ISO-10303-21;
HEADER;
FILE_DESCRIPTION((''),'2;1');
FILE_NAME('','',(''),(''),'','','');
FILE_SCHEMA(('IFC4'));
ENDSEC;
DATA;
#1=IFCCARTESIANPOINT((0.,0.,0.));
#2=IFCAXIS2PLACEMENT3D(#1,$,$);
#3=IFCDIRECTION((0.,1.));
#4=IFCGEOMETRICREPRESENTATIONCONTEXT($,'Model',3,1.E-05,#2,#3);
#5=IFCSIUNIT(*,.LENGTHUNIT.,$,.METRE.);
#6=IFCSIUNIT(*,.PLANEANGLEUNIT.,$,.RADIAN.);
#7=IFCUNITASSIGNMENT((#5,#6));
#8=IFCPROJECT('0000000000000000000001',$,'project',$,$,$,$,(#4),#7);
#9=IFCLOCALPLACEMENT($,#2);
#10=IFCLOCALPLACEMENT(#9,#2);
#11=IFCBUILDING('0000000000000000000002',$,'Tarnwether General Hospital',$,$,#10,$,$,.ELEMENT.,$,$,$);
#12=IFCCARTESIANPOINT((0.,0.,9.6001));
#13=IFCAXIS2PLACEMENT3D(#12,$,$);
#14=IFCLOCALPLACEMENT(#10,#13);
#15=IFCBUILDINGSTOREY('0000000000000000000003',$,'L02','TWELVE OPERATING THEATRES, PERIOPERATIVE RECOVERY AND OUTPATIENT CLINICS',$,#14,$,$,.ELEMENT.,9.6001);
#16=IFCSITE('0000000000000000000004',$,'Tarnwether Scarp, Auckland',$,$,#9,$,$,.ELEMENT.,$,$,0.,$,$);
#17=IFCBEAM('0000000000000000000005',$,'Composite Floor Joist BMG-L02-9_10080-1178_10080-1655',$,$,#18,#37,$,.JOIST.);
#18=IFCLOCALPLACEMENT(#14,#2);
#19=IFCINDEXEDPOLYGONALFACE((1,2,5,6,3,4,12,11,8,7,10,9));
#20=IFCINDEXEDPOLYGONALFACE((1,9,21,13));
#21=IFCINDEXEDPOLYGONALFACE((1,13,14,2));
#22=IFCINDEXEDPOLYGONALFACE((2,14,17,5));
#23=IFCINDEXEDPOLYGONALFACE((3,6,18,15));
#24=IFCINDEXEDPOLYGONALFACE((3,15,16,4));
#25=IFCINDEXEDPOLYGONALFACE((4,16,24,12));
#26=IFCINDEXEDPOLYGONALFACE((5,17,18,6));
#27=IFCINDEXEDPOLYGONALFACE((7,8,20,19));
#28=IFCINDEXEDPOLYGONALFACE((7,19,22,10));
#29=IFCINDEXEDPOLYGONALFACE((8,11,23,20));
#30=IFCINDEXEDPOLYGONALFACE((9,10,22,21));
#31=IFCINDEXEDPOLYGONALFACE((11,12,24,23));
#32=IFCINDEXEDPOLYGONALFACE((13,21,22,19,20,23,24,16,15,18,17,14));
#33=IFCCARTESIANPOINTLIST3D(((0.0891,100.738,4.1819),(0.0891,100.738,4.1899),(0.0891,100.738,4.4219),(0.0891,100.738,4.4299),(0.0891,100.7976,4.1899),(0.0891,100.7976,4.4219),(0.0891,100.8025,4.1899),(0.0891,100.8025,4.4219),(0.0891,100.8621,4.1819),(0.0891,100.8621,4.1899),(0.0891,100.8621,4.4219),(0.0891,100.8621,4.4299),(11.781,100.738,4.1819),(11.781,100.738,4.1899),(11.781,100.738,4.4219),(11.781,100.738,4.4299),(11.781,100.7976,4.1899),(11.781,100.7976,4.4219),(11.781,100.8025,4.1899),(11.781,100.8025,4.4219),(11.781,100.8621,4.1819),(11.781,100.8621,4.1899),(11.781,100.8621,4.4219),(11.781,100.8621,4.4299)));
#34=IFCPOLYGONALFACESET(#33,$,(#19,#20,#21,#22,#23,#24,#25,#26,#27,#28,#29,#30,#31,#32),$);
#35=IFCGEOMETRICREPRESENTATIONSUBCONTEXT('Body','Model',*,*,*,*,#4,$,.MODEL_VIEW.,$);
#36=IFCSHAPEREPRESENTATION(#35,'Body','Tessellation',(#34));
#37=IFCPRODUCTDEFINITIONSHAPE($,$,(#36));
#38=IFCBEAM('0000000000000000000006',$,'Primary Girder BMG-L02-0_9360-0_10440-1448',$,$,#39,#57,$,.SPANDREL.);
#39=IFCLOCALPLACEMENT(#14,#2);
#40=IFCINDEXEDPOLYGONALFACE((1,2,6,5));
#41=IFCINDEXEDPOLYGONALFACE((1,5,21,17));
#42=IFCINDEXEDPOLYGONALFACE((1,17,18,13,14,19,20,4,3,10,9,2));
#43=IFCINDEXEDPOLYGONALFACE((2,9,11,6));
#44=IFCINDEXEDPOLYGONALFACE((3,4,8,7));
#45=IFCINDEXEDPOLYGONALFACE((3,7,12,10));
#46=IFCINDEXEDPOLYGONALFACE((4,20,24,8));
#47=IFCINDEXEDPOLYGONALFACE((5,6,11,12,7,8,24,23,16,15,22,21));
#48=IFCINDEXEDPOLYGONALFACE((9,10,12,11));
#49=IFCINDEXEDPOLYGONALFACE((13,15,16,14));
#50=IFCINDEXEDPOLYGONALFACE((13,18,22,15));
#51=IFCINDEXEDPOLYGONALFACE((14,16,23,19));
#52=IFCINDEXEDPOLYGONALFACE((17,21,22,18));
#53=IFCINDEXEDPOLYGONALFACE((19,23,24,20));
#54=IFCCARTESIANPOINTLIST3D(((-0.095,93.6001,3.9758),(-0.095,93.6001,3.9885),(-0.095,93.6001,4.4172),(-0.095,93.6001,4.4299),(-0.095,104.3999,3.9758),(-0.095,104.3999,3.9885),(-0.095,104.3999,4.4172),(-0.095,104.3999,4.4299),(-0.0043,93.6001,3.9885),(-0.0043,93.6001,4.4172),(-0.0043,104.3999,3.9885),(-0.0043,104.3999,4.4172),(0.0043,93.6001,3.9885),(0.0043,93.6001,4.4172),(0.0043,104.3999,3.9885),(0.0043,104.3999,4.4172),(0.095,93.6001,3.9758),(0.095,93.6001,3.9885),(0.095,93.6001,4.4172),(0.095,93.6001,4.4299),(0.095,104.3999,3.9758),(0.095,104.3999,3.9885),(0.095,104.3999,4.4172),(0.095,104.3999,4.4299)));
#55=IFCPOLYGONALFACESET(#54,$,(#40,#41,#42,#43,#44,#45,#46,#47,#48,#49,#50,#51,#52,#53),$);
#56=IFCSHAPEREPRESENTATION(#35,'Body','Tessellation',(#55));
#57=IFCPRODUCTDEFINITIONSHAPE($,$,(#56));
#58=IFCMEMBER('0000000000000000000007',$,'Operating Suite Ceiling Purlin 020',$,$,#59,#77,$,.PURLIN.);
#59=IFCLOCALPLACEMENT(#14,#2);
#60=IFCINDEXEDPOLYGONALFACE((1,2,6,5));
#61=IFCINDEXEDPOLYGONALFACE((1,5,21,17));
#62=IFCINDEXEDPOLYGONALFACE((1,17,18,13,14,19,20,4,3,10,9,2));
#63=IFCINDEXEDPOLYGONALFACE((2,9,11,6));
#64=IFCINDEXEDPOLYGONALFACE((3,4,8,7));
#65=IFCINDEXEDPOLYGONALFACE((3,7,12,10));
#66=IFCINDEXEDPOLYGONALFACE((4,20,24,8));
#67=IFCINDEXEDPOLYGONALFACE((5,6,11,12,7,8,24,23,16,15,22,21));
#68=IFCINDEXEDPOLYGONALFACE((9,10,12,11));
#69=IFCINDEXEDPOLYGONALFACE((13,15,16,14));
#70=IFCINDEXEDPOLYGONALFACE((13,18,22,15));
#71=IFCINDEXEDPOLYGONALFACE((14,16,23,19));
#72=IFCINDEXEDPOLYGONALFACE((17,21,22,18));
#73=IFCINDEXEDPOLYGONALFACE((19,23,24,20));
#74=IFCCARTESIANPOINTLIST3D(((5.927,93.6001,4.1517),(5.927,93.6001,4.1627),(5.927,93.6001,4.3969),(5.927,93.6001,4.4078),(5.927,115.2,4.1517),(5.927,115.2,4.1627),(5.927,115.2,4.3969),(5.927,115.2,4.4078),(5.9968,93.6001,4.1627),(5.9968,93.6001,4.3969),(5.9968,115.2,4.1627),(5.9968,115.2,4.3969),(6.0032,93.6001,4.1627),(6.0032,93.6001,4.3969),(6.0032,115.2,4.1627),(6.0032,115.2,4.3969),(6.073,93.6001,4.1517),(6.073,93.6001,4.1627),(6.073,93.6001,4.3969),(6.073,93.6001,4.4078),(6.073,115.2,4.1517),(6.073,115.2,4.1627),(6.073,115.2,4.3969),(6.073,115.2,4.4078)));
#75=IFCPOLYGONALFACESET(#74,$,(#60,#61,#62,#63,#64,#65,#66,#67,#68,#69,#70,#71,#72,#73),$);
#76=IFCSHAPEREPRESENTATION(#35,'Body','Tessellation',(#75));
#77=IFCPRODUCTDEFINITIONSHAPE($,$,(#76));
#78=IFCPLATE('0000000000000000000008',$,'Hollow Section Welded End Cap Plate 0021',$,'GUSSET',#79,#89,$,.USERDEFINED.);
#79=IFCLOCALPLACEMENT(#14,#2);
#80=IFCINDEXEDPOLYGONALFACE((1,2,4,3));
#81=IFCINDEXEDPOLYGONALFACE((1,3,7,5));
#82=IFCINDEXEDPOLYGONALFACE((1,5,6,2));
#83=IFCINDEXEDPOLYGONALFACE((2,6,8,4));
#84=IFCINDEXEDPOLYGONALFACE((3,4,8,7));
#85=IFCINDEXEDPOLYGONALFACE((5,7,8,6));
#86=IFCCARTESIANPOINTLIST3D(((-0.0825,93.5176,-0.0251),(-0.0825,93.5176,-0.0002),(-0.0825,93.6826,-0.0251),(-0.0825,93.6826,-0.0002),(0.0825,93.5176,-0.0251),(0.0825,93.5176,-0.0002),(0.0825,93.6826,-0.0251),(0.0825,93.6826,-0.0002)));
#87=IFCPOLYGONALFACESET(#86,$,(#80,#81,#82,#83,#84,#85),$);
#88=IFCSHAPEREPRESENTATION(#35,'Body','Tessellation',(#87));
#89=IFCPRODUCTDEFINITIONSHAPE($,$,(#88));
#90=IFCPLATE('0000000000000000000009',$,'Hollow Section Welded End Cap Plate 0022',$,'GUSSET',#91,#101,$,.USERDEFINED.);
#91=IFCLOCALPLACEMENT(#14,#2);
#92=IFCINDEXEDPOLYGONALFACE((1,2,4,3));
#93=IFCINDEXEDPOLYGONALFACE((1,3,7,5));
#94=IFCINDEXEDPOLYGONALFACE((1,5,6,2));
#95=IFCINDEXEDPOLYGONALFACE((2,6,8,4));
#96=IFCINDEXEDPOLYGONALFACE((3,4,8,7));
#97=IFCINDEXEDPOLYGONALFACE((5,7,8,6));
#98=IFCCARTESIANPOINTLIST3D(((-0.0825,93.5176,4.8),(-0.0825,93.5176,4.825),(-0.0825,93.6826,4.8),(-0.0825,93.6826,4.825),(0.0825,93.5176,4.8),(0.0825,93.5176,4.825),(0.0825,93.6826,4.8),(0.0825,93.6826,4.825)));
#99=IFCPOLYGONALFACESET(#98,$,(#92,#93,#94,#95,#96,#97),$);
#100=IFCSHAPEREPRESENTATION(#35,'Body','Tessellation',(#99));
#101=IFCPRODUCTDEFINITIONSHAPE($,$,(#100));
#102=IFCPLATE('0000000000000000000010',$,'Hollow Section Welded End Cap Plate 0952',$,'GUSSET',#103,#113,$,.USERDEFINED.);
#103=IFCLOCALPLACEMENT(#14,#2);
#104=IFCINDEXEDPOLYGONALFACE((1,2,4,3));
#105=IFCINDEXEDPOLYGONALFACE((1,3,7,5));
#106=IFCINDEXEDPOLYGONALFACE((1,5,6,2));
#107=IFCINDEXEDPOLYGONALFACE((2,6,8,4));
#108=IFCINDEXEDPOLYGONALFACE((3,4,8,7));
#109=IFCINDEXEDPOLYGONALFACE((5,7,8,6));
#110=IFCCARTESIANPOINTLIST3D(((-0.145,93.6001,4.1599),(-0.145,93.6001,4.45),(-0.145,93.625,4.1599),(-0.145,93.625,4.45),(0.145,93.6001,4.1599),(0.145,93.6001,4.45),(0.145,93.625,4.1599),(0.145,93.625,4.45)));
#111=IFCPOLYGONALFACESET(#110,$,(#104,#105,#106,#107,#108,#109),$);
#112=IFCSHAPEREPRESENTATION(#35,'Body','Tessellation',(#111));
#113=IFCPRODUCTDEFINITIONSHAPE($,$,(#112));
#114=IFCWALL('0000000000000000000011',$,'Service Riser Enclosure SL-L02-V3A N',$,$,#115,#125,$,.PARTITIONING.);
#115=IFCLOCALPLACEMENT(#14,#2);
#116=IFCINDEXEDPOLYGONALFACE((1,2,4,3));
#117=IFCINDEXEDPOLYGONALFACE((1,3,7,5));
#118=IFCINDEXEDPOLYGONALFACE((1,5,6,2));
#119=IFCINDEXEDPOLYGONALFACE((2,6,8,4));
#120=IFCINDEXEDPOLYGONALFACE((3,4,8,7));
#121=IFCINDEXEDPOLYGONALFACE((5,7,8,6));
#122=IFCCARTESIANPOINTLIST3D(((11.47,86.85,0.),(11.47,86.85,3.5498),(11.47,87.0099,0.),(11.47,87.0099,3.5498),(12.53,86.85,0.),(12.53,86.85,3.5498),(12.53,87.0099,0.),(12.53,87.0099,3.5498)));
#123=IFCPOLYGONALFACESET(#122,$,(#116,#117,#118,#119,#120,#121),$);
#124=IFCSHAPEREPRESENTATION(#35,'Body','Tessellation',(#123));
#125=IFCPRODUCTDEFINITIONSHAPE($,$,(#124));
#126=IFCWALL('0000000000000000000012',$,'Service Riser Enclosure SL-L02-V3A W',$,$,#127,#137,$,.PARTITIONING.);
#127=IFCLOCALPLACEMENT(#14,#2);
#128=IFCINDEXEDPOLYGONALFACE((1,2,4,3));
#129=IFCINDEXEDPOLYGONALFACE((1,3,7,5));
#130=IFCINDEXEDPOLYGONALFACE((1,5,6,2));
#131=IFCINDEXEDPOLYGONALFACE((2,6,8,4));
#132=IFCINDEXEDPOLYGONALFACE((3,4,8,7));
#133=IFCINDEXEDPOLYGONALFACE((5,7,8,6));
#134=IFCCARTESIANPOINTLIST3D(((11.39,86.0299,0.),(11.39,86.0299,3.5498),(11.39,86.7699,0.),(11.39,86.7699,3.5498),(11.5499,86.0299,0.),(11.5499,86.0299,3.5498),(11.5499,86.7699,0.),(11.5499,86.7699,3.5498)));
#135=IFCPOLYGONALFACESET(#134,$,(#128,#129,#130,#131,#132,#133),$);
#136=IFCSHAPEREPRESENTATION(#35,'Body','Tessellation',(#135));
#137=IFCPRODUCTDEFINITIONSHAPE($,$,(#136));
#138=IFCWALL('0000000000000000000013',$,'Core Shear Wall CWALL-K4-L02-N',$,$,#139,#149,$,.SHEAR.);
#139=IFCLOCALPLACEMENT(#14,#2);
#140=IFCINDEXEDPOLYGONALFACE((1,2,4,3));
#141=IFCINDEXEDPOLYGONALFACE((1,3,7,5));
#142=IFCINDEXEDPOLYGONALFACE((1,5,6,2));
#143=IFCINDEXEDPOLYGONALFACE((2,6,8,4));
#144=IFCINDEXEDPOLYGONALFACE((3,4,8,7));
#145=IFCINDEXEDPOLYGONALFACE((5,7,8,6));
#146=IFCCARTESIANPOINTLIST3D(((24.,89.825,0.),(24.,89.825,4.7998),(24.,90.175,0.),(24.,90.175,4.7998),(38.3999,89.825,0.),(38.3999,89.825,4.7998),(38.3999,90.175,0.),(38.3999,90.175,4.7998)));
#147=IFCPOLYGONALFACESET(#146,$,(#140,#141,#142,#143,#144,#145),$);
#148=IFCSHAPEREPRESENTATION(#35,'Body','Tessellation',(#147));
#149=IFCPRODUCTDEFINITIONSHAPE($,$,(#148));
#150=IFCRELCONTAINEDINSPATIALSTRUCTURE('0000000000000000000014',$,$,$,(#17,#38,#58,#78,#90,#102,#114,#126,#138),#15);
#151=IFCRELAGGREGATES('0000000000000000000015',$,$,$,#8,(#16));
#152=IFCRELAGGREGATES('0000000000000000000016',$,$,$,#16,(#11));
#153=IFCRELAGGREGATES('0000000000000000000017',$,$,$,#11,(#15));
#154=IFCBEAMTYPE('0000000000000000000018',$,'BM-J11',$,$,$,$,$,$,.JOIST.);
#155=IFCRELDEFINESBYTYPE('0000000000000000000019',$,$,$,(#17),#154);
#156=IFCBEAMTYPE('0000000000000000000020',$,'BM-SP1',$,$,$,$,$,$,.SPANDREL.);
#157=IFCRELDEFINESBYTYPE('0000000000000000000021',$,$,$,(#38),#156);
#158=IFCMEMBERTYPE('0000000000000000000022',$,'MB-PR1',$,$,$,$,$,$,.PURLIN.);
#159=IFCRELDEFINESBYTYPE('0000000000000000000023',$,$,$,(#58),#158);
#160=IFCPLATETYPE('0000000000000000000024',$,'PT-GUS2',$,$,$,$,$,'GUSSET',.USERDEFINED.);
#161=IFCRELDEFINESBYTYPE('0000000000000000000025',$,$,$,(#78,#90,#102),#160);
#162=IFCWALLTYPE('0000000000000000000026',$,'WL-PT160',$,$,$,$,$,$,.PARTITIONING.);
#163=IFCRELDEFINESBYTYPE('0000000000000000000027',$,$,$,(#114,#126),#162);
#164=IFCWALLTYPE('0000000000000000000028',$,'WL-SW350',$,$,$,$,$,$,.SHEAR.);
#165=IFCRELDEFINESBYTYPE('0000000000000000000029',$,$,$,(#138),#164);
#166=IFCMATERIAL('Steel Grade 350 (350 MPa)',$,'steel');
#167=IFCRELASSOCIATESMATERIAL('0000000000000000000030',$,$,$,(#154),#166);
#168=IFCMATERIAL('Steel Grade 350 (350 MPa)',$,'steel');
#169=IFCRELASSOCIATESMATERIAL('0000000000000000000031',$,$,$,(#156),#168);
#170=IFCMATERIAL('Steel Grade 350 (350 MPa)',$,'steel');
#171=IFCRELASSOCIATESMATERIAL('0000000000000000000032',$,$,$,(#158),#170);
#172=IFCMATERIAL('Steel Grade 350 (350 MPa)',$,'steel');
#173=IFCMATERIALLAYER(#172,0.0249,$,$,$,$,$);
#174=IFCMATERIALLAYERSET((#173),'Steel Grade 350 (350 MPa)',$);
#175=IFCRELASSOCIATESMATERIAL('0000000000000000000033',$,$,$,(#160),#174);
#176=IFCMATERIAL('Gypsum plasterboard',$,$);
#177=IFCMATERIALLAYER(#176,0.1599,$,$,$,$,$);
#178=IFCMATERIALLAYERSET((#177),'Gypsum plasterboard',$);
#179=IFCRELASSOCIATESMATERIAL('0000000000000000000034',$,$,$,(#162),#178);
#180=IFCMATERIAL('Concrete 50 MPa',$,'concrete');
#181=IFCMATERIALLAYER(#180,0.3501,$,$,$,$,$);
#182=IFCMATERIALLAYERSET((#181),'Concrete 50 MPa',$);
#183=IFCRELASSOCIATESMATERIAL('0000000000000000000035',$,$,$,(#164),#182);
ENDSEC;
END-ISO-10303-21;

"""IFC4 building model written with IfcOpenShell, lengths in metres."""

from ifc_helpers import new_model, si_unit, direction, frame, frame_2d, origin, origin_2d, place, context, subcontext, project, spatial, rectangle, i_section, extrude, material, layer, layer_set, material_profile, profile_set, type_object, element, save


model = new_model("IFC4")

# Units and contexts
model_context = context("Model", 3, precision=1e-05, world=origin(), true_north=direction((0.0, 1.0)))
body_context = subcontext(model_context, "Body", "Model", "MODEL_VIEW")
ifc_project = project(units=[si_unit("LENGTHUNIT", "METRE"), si_unit("PLANEANGLEUNIT", "RADIAN")], contexts=[model_context])

# Site, building, storey
site_placement = place(None, origin())
site = spatial("IfcSite", under=ifc_project, at=site_placement, Name="Tarnwether Scarp, Auckland", CompositionType="ELEMENT", RefElevation=0.0)
building_placement = place(site_placement, origin())
building = spatial("IfcBuilding", under=site, at=building_placement, Name="Tarnwether General Hospital", CompositionType="ELEMENT")
storey_placement = place(building_placement, frame((0.0, 0.0, 9.6001)))
storey = spatial("IfcBuildingStorey", under=building, at=storey_placement, Name="L02", Description="TWELVE OPERATING THEATRES, PERIOPERATIVE RECOVERY AND OUTPATIENT CLINICS", CompositionType="ELEMENT", Elevation=9.6001)

# Beams
ifc_material_1 = material(Name="Steel Grade 350 (350 MPa)", Category="steel")
ifc_material_profile_1 = material_profile(ifc_material_1, i_section(OverallWidth=0.124, OverallDepth=0.248, WebThickness=0.0049, FlangeThickness=0.0081, at=origin_2d()), Name="250UB25.7")
ifc_profile_set_1 = profile_set([ifc_material_profile_1], Name="Steel Grade 350 (350 MPa)")
beam_type_1 = type_object("IfcBeamType", Name="BM-J11", PredefinedType="JOIST", material=ifc_profile_set_1)
beam_1_placement = place(storey_placement, frame((0.0891, 100.8, 4.3059), z_axis=(1.0, 0.0, 0.0), x_axis=(0.0, 1.0, 0.0)))
element("IfcBeam", 1, at=beam_1_placement, inside=storey, type_object=beam_type_1, Name="Composite Floor Joist BMG-L02-9_10080-1178_10080-1655", PredefinedType="JOIST", context=body_context, shape_type="SweptSolid", body=[
    extrude(i_section(OverallWidth=0.124, OverallDepth=0.248, WebThickness=0.0049, FlangeThickness=0.0081, at=origin_2d()), origin(), (0.0, 0.0, 1.0), 11.6919),
])
ifc_material_2 = material(Name="Steel Grade 350 (350 MPa)", Category="steel")
ifc_material_profile_2 = material_profile(ifc_material_2, i_section(OverallWidth=0.1899, OverallDepth=0.4541, WebThickness=0.0085, FlangeThickness=0.0127, at=origin_2d()), Name="460UB67.1")
ifc_profile_set_2 = profile_set([ifc_material_profile_2], Name="Steel Grade 350 (350 MPa)")
beam_type_2 = type_object("IfcBeamType", Name="BM-SP1", PredefinedType="SPANDREL", material=ifc_profile_set_2)
beam_2_placement = place(storey_placement, frame((0.0, 93.6001, 4.2029), z_axis=(0.0, 1.0, 0.0), x_axis=(-1.0, 0.0, 0.0)))
element("IfcBeam", 2, at=beam_2_placement, inside=storey, type_object=beam_type_2, Name="Primary Girder BMG-L02-0_9360-0_10440-1448", PredefinedType="SPANDREL", context=body_context, shape_type="SweptSolid", body=[
    extrude(i_section(OverallWidth=0.1899, OverallDepth=0.4541, WebThickness=0.0085, FlangeThickness=0.0127, at=origin_2d()), origin(), (0.0, 0.0, 1.0), 10.7998),
])

# Member
ifc_material_3 = material(Name="Steel Grade 350 (350 MPa)", Category="steel")
ifc_material_profile_3 = material_profile(ifc_material_3, i_section(OverallWidth=0.146, OverallDepth=0.2561, WebThickness=0.0063, FlangeThickness=0.011, at=origin_2d()), Name="250UB37.3")
ifc_profile_set_3 = profile_set([ifc_material_profile_3], Name="Steel Grade 350 (350 MPa)")
member_type = type_object("IfcMemberType", Name="MB-PR1", PredefinedType="PURLIN", material=ifc_profile_set_3)
member_placement = place(storey_placement, frame((6.0, 93.6001, 4.2798), z_axis=(0.0, 1.0, 0.0), x_axis=(-1.0, 0.0, 0.0)))
element("IfcMember", 3, at=member_placement, inside=storey, type_object=member_type, Name="Operating Suite Ceiling Purlin 020", PredefinedType="PURLIN", context=body_context, shape_type="SweptSolid", body=[
    extrude(i_section(OverallWidth=0.146, OverallDepth=0.2561, WebThickness=0.0063, FlangeThickness=0.011, at=origin_2d()), origin(), (0.0, 0.0, 1.0), 21.5999),
])

# Plates
ifc_material_4 = material(Name="Steel Grade 350 (350 MPa)", Category="steel")
ifc_layer_1 = layer(ifc_material_4, 0.0249)
ifc_layer_set_1 = layer_set([ifc_layer_1], Name="Steel Grade 350 (350 MPa)")
plate_type = type_object("IfcPlateType", Name="PT-GUS2", ElementType="GUSSET", PredefinedType="USERDEFINED", material=ifc_layer_set_1)
for number, where, z_axis, x_axis, name in (
    (4, (0.0, 93.6001, -0.0251), (0.0, 0.0, 1.0), (1.0, 0.0, 0.0), "Hollow Section Welded End Cap Plate 0021"),
    (5, (0.0, 93.6001, 4.8), (0.0, 0.0, 1.0), (1.0, 0.0, 0.0), "Hollow Section Welded End Cap Plate 0022"),
):
    element("IfcPlate", number, at=place(storey_placement, frame(where, z_axis=z_axis, x_axis=x_axis)), inside=storey, type_object=plate_type, Name=name, ObjectType="GUSSET", PredefinedType="USERDEFINED", context=body_context, shape_type="SweptSolid", body=[
        extrude(rectangle(XDim=0.165, YDim=0.165, at=origin_2d()), origin(), (0.0, 0.0, 1.0), 0.0249),
    ])
plate_placement = place(storey_placement, frame((0.0, 93.6125, 4.1599), z_axis=(0.0, 0.0, 1.0), x_axis=(0.0, 1.0, 0.0)))
element("IfcPlate", 6, at=plate_placement, inside=storey, type_object=plate_type, Name="Hollow Section Welded End Cap Plate 0952", ObjectType="GUSSET", PredefinedType="USERDEFINED", context=body_context, shape_type="SweptSolid", body=[
    extrude(rectangle(XDim=0.0249, YDim=0.29, at=origin_2d()), origin(), (0.0, 0.0, 1.0), 0.29),
])

# Walls
ifc_material_5 = material(Name="Gypsum plasterboard")
ifc_layer_2 = layer(ifc_material_5, 0.1599)
ifc_layer_set_2 = layer_set([ifc_layer_2], Name="Gypsum plasterboard")
wall_type_1 = type_object("IfcWallType", Name="WL-PT160", PredefinedType="PARTITIONING", material=ifc_layer_set_2)
wall_1_placement = place(storey_placement, frame((12.53, 86.9299, 0.0), z_axis=(0.0, 0.0, 1.0), x_axis=(-1.0, 0.0, 0.0)))
element("IfcWall", 7, at=wall_1_placement, inside=storey, type_object=wall_type_1, Name="Service Riser Enclosure SL-L02-V3A N", PredefinedType="PARTITIONING", context=body_context, shape_type="SweptSolid", body=[
    extrude(rectangle(XDim=1.0601, YDim=0.1599, at=frame_2d((0.53, 0.0))), origin(), (0.0, 0.0, 1.0), 3.5498),
])
wall_2_placement = place(storey_placement, frame((11.47, 86.77, 0.0), z_axis=(0.0, 0.0, 1.0), x_axis=(0.0, -1.0, 0.0)))
element("IfcWall", 8, at=wall_2_placement, inside=storey, type_object=wall_type_1, Name="Service Riser Enclosure SL-L02-V3A W", PredefinedType="PARTITIONING", context=body_context, shape_type="SweptSolid", body=[
    extrude(rectangle(XDim=0.74, YDim=0.1599, at=frame_2d((0.3701, 0.0))), origin(), (0.0, 0.0, 1.0), 3.5498),
])
ifc_material_6 = material(Name="Concrete 50 MPa", Category="concrete")
ifc_layer_3 = layer(ifc_material_6, 0.3501)
ifc_layer_set_3 = layer_set([ifc_layer_3], Name="Concrete 50 MPa")
wall_type_2 = type_object("IfcWallType", Name="WL-SW350", PredefinedType="SHEAR", material=ifc_layer_set_3)
wall_3_placement = place(storey_placement, frame((24.0, 90.0, 0.0), z_axis=(0.0, 0.0, 1.0), x_axis=(1.0, 0.0, 0.0)))
element("IfcWall", 9, at=wall_3_placement, inside=storey, type_object=wall_type_2, Name="Core Shear Wall CWALL-K4-L02-N", PredefinedType="SHEAR", context=body_context, shape_type="SweptSolid", body=[
    extrude(rectangle(XDim=14.3999, YDim=0.3501, at=frame_2d((7.2, 0.0))), origin(), (0.0, 0.0, 1.0), 4.7998),
])

save(model, "model.ifc")
